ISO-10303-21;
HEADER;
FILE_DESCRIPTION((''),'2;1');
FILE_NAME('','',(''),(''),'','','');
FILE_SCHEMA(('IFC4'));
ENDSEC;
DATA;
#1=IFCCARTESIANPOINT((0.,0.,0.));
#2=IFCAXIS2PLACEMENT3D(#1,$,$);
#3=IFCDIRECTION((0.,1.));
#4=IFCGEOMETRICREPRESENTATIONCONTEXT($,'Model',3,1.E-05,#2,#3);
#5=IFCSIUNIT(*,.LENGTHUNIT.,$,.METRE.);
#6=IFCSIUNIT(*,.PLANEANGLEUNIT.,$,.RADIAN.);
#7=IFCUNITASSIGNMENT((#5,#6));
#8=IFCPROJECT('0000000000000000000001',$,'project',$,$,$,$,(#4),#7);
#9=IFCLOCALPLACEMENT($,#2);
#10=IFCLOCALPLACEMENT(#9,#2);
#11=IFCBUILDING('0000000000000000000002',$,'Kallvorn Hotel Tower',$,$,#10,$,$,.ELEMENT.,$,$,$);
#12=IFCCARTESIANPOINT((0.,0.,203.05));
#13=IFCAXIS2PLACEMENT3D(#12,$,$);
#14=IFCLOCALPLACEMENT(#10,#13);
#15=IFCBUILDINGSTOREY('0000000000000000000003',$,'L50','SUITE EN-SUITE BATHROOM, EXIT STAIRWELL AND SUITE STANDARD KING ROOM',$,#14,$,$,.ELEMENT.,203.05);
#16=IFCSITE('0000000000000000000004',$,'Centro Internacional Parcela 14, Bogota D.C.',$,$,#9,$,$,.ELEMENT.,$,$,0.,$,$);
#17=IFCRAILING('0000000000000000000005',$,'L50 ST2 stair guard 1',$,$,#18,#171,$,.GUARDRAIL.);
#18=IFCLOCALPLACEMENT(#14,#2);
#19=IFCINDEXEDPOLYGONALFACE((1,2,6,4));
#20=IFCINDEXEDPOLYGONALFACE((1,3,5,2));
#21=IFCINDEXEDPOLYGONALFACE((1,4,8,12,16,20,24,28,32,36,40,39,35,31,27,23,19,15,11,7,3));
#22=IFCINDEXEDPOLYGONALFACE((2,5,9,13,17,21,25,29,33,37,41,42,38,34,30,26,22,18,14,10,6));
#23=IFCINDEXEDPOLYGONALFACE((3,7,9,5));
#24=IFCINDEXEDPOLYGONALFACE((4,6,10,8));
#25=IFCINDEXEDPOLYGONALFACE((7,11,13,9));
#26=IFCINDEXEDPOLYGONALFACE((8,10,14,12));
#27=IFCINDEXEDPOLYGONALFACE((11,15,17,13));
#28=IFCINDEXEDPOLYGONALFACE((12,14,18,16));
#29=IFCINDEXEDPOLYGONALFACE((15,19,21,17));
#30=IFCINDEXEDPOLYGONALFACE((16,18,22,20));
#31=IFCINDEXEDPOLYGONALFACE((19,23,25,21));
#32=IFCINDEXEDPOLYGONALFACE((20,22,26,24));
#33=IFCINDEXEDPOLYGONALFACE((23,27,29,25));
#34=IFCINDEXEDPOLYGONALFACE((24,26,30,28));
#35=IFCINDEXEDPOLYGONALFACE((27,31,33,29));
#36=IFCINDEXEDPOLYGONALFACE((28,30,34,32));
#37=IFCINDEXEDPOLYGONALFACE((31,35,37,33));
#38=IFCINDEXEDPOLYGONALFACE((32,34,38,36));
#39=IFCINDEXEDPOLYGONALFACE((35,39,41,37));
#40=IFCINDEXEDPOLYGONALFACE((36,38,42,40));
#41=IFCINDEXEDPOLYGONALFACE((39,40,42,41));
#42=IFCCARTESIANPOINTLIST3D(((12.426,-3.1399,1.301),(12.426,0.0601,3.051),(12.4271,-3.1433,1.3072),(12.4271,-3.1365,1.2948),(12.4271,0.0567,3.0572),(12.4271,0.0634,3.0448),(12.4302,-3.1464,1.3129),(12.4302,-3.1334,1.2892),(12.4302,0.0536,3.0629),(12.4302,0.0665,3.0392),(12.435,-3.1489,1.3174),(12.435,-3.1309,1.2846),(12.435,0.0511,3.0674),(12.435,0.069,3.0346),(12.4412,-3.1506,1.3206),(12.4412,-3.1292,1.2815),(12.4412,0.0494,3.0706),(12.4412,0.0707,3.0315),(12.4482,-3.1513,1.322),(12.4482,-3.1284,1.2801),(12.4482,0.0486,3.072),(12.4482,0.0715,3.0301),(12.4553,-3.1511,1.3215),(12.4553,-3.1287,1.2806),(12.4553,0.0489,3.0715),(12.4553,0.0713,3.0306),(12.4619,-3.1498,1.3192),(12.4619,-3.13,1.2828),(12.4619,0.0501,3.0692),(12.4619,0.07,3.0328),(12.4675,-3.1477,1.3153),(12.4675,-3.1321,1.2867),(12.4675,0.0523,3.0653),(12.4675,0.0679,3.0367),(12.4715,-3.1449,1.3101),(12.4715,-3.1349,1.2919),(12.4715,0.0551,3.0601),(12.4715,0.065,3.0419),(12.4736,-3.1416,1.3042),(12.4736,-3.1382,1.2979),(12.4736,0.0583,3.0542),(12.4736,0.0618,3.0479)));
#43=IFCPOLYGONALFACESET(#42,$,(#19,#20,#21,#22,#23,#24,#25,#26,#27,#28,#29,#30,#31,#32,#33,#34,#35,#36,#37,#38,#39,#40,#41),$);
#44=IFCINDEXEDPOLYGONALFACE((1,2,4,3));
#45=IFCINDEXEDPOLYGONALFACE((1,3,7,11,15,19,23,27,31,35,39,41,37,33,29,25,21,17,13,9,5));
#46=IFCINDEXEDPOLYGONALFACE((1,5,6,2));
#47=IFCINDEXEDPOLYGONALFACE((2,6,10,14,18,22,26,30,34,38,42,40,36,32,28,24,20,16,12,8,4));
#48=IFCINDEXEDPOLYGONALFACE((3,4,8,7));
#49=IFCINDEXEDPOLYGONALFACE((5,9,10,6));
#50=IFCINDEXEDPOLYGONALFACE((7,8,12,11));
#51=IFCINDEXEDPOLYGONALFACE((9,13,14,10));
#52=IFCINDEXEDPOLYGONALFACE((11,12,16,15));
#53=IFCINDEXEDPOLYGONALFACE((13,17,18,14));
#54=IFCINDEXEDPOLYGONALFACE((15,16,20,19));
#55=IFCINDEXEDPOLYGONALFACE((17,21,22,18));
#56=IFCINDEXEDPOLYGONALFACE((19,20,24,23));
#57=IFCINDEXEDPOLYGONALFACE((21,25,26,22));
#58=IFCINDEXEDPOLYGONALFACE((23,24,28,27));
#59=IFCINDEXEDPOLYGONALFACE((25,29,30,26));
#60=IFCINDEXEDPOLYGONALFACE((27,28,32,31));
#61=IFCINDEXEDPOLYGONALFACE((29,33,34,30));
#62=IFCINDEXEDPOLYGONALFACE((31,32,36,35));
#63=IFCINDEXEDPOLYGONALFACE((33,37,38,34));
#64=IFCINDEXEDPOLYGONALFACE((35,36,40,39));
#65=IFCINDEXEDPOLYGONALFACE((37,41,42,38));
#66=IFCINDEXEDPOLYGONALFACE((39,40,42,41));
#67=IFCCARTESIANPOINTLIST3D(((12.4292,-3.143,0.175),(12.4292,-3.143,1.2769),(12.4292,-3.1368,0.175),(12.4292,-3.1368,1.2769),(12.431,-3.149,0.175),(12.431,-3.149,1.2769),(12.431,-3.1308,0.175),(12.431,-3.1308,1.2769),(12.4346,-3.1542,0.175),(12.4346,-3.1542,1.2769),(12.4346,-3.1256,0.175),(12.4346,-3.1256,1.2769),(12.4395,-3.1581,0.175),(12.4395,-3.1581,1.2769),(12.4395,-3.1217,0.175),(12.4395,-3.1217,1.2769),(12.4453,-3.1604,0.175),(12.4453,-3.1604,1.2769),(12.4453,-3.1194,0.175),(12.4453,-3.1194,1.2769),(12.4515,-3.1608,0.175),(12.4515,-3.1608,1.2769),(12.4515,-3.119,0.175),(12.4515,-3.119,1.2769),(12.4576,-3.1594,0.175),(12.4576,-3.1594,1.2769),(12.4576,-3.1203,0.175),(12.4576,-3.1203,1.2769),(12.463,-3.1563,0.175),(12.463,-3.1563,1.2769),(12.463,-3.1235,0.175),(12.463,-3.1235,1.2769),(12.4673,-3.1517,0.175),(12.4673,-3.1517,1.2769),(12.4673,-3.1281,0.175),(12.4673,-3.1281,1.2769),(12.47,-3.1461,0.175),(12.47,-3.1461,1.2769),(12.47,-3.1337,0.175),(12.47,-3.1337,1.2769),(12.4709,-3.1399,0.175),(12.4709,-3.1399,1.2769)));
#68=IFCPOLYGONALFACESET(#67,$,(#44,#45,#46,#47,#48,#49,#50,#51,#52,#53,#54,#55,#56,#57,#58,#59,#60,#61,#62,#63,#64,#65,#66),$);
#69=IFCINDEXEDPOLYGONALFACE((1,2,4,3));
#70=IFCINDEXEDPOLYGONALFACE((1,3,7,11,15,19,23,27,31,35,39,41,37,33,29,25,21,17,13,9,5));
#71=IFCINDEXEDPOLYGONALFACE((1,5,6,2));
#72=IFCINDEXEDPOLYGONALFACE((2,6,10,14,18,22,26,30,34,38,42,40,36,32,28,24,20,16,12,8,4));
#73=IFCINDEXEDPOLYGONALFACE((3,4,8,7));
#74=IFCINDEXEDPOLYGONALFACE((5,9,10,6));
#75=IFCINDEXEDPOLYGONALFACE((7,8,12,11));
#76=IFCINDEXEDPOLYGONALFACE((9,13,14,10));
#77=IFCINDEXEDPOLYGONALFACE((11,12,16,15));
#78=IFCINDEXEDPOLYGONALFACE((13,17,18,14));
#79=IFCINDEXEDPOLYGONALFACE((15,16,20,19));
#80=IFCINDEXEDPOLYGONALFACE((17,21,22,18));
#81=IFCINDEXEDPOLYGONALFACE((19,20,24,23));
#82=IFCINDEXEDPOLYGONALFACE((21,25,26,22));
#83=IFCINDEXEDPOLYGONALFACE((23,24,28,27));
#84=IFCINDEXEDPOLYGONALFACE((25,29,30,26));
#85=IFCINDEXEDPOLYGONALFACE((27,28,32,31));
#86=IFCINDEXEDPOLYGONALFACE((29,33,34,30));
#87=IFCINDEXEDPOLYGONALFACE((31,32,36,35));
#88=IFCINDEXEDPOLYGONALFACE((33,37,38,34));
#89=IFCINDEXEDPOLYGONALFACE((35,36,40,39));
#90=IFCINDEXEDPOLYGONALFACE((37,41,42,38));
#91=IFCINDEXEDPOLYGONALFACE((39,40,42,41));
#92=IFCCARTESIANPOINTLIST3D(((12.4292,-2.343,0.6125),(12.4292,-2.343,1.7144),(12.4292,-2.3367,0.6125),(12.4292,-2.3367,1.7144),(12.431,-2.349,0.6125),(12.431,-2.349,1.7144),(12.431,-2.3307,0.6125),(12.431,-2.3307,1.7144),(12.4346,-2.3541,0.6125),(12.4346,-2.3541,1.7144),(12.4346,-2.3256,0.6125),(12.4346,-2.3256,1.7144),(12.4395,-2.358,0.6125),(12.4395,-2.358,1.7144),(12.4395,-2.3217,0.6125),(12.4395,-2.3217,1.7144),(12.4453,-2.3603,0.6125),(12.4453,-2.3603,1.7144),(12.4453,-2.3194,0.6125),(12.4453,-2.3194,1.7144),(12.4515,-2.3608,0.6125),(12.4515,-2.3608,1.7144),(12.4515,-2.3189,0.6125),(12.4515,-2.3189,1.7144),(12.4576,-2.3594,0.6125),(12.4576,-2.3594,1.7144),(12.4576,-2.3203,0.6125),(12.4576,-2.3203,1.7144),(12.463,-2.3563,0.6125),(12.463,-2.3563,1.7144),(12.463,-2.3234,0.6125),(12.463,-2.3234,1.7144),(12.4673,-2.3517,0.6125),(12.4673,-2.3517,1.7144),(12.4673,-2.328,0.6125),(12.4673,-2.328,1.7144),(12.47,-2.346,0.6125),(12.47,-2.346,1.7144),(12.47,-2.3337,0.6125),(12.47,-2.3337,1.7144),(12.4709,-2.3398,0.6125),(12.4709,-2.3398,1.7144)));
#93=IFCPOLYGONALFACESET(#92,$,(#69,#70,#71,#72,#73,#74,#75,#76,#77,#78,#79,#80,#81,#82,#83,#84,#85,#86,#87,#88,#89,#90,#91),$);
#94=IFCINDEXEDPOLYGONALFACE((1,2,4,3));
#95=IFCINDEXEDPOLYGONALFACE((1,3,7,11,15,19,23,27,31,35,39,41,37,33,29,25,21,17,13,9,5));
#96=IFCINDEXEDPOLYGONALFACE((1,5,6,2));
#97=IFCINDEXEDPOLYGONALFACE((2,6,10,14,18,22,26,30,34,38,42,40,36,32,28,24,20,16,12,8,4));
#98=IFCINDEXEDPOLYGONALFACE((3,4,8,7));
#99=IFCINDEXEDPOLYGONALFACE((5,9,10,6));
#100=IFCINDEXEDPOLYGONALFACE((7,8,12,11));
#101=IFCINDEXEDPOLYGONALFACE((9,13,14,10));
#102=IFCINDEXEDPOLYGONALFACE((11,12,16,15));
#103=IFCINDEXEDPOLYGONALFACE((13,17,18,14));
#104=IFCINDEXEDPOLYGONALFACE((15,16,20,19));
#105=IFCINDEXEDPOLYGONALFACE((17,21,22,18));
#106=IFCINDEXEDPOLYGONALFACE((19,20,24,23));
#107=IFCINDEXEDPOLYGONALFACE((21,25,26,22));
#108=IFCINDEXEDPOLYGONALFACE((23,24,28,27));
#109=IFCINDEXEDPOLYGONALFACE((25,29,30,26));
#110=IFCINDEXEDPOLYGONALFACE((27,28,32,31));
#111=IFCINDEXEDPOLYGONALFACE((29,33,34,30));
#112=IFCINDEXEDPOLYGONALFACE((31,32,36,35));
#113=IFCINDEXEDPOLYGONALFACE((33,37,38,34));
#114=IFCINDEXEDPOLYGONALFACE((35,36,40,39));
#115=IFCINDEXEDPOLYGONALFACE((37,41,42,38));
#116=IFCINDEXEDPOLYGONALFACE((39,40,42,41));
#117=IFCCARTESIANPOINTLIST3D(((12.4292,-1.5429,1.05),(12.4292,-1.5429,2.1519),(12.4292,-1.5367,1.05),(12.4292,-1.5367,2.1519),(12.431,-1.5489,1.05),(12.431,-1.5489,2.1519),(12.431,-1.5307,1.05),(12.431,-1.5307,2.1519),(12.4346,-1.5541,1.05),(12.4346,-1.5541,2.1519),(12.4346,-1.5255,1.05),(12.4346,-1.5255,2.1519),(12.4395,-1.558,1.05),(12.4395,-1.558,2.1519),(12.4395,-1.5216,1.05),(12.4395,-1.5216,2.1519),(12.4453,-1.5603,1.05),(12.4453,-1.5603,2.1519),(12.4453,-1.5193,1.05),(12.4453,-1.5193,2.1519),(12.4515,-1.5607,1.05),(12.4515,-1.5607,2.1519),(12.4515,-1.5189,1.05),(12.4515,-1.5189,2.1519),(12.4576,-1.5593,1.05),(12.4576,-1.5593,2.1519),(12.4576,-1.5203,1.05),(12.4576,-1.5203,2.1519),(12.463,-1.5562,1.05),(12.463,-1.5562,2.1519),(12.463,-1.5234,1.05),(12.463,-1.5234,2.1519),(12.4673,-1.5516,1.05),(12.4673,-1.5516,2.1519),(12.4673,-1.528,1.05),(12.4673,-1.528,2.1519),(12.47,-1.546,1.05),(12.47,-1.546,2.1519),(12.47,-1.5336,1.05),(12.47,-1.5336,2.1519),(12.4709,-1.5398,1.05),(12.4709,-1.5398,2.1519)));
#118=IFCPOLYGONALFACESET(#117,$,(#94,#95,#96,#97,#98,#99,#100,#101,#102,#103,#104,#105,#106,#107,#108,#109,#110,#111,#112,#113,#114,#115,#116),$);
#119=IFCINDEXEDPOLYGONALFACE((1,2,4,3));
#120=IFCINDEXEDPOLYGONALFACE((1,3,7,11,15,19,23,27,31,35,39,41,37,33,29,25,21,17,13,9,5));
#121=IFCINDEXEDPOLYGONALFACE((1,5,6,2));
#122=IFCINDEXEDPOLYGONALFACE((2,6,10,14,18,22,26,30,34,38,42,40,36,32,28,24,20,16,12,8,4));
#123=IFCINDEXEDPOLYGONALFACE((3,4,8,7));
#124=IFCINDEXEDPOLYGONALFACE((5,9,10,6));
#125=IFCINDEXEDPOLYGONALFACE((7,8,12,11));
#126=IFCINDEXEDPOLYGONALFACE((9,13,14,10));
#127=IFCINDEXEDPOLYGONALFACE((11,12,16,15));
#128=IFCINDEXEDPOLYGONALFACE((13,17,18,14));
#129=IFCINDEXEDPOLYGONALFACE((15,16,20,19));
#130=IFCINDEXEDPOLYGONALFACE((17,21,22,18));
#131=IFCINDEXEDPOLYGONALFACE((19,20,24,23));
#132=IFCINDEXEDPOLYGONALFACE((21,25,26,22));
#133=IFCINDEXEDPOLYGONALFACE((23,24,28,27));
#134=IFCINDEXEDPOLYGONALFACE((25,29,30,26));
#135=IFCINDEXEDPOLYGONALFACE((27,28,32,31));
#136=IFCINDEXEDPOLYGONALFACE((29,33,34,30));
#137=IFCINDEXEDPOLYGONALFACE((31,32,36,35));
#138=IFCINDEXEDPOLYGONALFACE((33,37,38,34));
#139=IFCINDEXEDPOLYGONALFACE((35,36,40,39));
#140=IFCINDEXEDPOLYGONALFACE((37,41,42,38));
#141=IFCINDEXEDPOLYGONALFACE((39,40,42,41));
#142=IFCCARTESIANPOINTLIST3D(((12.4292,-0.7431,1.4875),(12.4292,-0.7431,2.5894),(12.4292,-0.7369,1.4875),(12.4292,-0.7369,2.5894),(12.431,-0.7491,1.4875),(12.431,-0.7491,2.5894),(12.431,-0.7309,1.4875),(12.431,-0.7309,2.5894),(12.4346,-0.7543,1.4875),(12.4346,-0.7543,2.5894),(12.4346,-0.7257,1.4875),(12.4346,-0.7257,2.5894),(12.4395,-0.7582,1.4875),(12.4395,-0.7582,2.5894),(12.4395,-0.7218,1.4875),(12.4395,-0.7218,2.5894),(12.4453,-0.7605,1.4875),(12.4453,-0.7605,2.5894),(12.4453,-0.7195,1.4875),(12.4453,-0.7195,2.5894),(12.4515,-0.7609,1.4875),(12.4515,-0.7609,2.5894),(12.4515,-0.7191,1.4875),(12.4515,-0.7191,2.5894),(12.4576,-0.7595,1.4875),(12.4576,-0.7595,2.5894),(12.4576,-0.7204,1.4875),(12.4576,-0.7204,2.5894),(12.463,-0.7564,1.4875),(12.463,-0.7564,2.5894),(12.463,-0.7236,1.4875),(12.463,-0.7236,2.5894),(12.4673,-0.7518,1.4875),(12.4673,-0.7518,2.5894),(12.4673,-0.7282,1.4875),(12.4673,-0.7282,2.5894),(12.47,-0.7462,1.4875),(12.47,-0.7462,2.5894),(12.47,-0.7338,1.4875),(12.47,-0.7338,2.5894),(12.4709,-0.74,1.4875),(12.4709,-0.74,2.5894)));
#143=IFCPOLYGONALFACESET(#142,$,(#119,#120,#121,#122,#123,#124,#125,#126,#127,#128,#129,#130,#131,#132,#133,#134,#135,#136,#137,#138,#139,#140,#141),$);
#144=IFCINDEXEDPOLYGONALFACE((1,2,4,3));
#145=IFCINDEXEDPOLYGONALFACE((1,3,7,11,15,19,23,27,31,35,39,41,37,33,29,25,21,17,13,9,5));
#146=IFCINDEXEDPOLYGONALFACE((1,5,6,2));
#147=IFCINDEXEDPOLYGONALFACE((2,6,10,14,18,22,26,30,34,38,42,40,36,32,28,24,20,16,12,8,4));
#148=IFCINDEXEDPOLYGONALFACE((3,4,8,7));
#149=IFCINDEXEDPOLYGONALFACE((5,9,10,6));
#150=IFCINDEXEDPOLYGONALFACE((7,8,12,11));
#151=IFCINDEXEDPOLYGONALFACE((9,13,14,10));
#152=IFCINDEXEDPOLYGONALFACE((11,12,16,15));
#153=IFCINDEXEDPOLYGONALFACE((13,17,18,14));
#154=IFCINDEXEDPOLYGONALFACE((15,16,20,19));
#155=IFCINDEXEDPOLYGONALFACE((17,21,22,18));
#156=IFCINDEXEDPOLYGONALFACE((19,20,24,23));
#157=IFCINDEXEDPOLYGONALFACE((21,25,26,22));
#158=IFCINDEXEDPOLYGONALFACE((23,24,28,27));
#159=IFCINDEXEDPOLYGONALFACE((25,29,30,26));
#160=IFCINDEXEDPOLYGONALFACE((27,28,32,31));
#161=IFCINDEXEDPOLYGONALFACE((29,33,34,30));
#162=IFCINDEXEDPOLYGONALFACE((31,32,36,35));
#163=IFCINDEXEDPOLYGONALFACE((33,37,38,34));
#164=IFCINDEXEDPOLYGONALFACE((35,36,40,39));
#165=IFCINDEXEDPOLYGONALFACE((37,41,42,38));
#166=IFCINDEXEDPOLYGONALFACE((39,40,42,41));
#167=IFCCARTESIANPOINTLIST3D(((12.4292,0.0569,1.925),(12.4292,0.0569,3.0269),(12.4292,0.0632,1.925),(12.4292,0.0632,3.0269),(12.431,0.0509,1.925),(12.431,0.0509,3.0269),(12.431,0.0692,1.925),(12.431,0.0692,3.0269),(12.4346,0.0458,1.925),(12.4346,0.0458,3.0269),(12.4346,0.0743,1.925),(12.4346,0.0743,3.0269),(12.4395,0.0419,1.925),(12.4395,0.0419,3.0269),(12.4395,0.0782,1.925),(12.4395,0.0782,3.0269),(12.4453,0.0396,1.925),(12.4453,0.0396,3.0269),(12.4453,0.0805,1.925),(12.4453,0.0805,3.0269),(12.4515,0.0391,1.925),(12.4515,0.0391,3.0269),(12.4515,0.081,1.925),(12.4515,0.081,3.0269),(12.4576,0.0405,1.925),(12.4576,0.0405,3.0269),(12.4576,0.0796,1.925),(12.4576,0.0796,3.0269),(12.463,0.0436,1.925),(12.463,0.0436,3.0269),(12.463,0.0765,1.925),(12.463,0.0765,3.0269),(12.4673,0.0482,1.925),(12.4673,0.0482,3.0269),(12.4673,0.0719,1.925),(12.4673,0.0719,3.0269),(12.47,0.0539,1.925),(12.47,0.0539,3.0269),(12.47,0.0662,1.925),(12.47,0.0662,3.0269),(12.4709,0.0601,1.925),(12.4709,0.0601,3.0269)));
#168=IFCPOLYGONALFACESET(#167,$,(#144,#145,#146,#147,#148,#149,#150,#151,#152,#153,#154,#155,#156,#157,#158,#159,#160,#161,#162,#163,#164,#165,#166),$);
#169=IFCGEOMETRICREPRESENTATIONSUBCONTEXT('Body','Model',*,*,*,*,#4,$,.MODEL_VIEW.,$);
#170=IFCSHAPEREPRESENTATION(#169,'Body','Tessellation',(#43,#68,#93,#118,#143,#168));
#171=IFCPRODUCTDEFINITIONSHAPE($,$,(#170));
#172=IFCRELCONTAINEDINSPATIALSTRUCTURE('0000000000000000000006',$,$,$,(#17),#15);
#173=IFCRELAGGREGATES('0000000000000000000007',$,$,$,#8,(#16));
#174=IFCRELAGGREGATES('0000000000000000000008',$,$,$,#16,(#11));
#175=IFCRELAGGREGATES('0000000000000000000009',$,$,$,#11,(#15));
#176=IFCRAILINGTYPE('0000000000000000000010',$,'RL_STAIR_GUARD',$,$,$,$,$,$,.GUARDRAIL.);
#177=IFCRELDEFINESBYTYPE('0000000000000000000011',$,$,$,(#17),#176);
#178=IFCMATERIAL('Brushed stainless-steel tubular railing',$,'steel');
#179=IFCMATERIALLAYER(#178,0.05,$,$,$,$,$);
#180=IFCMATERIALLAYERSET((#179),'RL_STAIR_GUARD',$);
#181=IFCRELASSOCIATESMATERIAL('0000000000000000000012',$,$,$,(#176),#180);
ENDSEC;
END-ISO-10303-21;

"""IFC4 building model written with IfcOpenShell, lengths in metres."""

from ifc_helpers import new_model, si_unit, direction, frame, origin, origin_2d, place, context, subcontext, project, spatial, circle, extrude, material, layer, layer_set, type_object, element, save


model = new_model("IFC4")

# Units and contexts
model_context = context("Model", 3, precision=1e-05, world=origin(), true_north=direction((0.0, 1.0)))
body_context = subcontext(model_context, "Body", "Model", "MODEL_VIEW")
ifc_project = project(units=[si_unit("LENGTHUNIT", "METRE"), si_unit("PLANEANGLEUNIT", "RADIAN")], contexts=[model_context])

# Site, building, storey
site_placement = place(None, origin())
site = spatial("IfcSite", under=ifc_project, at=site_placement, Name="Centro Internacional Parcela 14, Bogota D.C.", CompositionType="ELEMENT", RefElevation=0.0)
building_placement = place(site_placement, origin())
building = spatial("IfcBuilding", under=site, at=building_placement, Name="Kallvorn Hotel Tower", CompositionType="ELEMENT")
storey_placement = place(building_placement, frame((0.0, 0.0, 203.05)))
storey = spatial("IfcBuildingStorey", under=building, at=storey_placement, Name="L50", Description="SUITE EN-SUITE BATHROOM, EXIT STAIRWELL AND SUITE STANDARD KING ROOM", CompositionType="ELEMENT", Elevation=203.05)

# Railing
ifc_material_1 = material(Name="Brushed stainless-steel tubular railing", Category="steel")
ifc_layer_1 = layer(ifc_material_1, 0.05)
ifc_layer_set_1 = layer_set([ifc_layer_1], Name="RL_STAIR_GUARD")
railing_type_1 = type_object("IfcRailingType", Name="RL_STAIR_GUARD", PredefinedType="GUARDRAIL", material=ifc_layer_set_1)
railing_1_placement = place(storey_placement, frame((12.45, -3.1399, 0.175)))
element("IfcRailing", 1, at=railing_1_placement, inside=storey, type_object=railing_type_1, Name="L50 ST2 stair guard 1", PredefinedType="GUARDRAIL", context=body_context, shape_type="SweptSolid", body=[
    extrude(circle(Radius=0.0239, at=origin_2d()), frame((0.0, 0.0, 1.126), z_axis=(0.0, 0.877368, 0.479818), x_axis=(-1.0, 0.0, 0.0)), (0.0, 0.0, 1.0), 3.6472),
    extrude(circle(Radius=0.021, at=origin_2d()), origin(), (0.0, 0.0, 1.0), 1.1018),
    extrude(circle(Radius=0.021, at=origin_2d()), frame((0.0, 0.8, 0.4375)), (0.0, 0.0, 1.0), 1.1018),
    extrude(circle(Radius=0.021, at=origin_2d()), frame((0.0, 1.6001, 0.875)), (0.0, 0.0, 1.0), 1.1018),
    extrude(circle(Radius=0.021, at=origin_2d()), frame((0.0, 2.3999, 1.3125)), (0.0, 0.0, 1.0), 1.1018),
    extrude(circle(Radius=0.021, at=origin_2d()), frame((0.0, 3.2, 1.75)), (0.0, 0.0, 1.0), 1.1018),
])

save(model, "model.ifc")
